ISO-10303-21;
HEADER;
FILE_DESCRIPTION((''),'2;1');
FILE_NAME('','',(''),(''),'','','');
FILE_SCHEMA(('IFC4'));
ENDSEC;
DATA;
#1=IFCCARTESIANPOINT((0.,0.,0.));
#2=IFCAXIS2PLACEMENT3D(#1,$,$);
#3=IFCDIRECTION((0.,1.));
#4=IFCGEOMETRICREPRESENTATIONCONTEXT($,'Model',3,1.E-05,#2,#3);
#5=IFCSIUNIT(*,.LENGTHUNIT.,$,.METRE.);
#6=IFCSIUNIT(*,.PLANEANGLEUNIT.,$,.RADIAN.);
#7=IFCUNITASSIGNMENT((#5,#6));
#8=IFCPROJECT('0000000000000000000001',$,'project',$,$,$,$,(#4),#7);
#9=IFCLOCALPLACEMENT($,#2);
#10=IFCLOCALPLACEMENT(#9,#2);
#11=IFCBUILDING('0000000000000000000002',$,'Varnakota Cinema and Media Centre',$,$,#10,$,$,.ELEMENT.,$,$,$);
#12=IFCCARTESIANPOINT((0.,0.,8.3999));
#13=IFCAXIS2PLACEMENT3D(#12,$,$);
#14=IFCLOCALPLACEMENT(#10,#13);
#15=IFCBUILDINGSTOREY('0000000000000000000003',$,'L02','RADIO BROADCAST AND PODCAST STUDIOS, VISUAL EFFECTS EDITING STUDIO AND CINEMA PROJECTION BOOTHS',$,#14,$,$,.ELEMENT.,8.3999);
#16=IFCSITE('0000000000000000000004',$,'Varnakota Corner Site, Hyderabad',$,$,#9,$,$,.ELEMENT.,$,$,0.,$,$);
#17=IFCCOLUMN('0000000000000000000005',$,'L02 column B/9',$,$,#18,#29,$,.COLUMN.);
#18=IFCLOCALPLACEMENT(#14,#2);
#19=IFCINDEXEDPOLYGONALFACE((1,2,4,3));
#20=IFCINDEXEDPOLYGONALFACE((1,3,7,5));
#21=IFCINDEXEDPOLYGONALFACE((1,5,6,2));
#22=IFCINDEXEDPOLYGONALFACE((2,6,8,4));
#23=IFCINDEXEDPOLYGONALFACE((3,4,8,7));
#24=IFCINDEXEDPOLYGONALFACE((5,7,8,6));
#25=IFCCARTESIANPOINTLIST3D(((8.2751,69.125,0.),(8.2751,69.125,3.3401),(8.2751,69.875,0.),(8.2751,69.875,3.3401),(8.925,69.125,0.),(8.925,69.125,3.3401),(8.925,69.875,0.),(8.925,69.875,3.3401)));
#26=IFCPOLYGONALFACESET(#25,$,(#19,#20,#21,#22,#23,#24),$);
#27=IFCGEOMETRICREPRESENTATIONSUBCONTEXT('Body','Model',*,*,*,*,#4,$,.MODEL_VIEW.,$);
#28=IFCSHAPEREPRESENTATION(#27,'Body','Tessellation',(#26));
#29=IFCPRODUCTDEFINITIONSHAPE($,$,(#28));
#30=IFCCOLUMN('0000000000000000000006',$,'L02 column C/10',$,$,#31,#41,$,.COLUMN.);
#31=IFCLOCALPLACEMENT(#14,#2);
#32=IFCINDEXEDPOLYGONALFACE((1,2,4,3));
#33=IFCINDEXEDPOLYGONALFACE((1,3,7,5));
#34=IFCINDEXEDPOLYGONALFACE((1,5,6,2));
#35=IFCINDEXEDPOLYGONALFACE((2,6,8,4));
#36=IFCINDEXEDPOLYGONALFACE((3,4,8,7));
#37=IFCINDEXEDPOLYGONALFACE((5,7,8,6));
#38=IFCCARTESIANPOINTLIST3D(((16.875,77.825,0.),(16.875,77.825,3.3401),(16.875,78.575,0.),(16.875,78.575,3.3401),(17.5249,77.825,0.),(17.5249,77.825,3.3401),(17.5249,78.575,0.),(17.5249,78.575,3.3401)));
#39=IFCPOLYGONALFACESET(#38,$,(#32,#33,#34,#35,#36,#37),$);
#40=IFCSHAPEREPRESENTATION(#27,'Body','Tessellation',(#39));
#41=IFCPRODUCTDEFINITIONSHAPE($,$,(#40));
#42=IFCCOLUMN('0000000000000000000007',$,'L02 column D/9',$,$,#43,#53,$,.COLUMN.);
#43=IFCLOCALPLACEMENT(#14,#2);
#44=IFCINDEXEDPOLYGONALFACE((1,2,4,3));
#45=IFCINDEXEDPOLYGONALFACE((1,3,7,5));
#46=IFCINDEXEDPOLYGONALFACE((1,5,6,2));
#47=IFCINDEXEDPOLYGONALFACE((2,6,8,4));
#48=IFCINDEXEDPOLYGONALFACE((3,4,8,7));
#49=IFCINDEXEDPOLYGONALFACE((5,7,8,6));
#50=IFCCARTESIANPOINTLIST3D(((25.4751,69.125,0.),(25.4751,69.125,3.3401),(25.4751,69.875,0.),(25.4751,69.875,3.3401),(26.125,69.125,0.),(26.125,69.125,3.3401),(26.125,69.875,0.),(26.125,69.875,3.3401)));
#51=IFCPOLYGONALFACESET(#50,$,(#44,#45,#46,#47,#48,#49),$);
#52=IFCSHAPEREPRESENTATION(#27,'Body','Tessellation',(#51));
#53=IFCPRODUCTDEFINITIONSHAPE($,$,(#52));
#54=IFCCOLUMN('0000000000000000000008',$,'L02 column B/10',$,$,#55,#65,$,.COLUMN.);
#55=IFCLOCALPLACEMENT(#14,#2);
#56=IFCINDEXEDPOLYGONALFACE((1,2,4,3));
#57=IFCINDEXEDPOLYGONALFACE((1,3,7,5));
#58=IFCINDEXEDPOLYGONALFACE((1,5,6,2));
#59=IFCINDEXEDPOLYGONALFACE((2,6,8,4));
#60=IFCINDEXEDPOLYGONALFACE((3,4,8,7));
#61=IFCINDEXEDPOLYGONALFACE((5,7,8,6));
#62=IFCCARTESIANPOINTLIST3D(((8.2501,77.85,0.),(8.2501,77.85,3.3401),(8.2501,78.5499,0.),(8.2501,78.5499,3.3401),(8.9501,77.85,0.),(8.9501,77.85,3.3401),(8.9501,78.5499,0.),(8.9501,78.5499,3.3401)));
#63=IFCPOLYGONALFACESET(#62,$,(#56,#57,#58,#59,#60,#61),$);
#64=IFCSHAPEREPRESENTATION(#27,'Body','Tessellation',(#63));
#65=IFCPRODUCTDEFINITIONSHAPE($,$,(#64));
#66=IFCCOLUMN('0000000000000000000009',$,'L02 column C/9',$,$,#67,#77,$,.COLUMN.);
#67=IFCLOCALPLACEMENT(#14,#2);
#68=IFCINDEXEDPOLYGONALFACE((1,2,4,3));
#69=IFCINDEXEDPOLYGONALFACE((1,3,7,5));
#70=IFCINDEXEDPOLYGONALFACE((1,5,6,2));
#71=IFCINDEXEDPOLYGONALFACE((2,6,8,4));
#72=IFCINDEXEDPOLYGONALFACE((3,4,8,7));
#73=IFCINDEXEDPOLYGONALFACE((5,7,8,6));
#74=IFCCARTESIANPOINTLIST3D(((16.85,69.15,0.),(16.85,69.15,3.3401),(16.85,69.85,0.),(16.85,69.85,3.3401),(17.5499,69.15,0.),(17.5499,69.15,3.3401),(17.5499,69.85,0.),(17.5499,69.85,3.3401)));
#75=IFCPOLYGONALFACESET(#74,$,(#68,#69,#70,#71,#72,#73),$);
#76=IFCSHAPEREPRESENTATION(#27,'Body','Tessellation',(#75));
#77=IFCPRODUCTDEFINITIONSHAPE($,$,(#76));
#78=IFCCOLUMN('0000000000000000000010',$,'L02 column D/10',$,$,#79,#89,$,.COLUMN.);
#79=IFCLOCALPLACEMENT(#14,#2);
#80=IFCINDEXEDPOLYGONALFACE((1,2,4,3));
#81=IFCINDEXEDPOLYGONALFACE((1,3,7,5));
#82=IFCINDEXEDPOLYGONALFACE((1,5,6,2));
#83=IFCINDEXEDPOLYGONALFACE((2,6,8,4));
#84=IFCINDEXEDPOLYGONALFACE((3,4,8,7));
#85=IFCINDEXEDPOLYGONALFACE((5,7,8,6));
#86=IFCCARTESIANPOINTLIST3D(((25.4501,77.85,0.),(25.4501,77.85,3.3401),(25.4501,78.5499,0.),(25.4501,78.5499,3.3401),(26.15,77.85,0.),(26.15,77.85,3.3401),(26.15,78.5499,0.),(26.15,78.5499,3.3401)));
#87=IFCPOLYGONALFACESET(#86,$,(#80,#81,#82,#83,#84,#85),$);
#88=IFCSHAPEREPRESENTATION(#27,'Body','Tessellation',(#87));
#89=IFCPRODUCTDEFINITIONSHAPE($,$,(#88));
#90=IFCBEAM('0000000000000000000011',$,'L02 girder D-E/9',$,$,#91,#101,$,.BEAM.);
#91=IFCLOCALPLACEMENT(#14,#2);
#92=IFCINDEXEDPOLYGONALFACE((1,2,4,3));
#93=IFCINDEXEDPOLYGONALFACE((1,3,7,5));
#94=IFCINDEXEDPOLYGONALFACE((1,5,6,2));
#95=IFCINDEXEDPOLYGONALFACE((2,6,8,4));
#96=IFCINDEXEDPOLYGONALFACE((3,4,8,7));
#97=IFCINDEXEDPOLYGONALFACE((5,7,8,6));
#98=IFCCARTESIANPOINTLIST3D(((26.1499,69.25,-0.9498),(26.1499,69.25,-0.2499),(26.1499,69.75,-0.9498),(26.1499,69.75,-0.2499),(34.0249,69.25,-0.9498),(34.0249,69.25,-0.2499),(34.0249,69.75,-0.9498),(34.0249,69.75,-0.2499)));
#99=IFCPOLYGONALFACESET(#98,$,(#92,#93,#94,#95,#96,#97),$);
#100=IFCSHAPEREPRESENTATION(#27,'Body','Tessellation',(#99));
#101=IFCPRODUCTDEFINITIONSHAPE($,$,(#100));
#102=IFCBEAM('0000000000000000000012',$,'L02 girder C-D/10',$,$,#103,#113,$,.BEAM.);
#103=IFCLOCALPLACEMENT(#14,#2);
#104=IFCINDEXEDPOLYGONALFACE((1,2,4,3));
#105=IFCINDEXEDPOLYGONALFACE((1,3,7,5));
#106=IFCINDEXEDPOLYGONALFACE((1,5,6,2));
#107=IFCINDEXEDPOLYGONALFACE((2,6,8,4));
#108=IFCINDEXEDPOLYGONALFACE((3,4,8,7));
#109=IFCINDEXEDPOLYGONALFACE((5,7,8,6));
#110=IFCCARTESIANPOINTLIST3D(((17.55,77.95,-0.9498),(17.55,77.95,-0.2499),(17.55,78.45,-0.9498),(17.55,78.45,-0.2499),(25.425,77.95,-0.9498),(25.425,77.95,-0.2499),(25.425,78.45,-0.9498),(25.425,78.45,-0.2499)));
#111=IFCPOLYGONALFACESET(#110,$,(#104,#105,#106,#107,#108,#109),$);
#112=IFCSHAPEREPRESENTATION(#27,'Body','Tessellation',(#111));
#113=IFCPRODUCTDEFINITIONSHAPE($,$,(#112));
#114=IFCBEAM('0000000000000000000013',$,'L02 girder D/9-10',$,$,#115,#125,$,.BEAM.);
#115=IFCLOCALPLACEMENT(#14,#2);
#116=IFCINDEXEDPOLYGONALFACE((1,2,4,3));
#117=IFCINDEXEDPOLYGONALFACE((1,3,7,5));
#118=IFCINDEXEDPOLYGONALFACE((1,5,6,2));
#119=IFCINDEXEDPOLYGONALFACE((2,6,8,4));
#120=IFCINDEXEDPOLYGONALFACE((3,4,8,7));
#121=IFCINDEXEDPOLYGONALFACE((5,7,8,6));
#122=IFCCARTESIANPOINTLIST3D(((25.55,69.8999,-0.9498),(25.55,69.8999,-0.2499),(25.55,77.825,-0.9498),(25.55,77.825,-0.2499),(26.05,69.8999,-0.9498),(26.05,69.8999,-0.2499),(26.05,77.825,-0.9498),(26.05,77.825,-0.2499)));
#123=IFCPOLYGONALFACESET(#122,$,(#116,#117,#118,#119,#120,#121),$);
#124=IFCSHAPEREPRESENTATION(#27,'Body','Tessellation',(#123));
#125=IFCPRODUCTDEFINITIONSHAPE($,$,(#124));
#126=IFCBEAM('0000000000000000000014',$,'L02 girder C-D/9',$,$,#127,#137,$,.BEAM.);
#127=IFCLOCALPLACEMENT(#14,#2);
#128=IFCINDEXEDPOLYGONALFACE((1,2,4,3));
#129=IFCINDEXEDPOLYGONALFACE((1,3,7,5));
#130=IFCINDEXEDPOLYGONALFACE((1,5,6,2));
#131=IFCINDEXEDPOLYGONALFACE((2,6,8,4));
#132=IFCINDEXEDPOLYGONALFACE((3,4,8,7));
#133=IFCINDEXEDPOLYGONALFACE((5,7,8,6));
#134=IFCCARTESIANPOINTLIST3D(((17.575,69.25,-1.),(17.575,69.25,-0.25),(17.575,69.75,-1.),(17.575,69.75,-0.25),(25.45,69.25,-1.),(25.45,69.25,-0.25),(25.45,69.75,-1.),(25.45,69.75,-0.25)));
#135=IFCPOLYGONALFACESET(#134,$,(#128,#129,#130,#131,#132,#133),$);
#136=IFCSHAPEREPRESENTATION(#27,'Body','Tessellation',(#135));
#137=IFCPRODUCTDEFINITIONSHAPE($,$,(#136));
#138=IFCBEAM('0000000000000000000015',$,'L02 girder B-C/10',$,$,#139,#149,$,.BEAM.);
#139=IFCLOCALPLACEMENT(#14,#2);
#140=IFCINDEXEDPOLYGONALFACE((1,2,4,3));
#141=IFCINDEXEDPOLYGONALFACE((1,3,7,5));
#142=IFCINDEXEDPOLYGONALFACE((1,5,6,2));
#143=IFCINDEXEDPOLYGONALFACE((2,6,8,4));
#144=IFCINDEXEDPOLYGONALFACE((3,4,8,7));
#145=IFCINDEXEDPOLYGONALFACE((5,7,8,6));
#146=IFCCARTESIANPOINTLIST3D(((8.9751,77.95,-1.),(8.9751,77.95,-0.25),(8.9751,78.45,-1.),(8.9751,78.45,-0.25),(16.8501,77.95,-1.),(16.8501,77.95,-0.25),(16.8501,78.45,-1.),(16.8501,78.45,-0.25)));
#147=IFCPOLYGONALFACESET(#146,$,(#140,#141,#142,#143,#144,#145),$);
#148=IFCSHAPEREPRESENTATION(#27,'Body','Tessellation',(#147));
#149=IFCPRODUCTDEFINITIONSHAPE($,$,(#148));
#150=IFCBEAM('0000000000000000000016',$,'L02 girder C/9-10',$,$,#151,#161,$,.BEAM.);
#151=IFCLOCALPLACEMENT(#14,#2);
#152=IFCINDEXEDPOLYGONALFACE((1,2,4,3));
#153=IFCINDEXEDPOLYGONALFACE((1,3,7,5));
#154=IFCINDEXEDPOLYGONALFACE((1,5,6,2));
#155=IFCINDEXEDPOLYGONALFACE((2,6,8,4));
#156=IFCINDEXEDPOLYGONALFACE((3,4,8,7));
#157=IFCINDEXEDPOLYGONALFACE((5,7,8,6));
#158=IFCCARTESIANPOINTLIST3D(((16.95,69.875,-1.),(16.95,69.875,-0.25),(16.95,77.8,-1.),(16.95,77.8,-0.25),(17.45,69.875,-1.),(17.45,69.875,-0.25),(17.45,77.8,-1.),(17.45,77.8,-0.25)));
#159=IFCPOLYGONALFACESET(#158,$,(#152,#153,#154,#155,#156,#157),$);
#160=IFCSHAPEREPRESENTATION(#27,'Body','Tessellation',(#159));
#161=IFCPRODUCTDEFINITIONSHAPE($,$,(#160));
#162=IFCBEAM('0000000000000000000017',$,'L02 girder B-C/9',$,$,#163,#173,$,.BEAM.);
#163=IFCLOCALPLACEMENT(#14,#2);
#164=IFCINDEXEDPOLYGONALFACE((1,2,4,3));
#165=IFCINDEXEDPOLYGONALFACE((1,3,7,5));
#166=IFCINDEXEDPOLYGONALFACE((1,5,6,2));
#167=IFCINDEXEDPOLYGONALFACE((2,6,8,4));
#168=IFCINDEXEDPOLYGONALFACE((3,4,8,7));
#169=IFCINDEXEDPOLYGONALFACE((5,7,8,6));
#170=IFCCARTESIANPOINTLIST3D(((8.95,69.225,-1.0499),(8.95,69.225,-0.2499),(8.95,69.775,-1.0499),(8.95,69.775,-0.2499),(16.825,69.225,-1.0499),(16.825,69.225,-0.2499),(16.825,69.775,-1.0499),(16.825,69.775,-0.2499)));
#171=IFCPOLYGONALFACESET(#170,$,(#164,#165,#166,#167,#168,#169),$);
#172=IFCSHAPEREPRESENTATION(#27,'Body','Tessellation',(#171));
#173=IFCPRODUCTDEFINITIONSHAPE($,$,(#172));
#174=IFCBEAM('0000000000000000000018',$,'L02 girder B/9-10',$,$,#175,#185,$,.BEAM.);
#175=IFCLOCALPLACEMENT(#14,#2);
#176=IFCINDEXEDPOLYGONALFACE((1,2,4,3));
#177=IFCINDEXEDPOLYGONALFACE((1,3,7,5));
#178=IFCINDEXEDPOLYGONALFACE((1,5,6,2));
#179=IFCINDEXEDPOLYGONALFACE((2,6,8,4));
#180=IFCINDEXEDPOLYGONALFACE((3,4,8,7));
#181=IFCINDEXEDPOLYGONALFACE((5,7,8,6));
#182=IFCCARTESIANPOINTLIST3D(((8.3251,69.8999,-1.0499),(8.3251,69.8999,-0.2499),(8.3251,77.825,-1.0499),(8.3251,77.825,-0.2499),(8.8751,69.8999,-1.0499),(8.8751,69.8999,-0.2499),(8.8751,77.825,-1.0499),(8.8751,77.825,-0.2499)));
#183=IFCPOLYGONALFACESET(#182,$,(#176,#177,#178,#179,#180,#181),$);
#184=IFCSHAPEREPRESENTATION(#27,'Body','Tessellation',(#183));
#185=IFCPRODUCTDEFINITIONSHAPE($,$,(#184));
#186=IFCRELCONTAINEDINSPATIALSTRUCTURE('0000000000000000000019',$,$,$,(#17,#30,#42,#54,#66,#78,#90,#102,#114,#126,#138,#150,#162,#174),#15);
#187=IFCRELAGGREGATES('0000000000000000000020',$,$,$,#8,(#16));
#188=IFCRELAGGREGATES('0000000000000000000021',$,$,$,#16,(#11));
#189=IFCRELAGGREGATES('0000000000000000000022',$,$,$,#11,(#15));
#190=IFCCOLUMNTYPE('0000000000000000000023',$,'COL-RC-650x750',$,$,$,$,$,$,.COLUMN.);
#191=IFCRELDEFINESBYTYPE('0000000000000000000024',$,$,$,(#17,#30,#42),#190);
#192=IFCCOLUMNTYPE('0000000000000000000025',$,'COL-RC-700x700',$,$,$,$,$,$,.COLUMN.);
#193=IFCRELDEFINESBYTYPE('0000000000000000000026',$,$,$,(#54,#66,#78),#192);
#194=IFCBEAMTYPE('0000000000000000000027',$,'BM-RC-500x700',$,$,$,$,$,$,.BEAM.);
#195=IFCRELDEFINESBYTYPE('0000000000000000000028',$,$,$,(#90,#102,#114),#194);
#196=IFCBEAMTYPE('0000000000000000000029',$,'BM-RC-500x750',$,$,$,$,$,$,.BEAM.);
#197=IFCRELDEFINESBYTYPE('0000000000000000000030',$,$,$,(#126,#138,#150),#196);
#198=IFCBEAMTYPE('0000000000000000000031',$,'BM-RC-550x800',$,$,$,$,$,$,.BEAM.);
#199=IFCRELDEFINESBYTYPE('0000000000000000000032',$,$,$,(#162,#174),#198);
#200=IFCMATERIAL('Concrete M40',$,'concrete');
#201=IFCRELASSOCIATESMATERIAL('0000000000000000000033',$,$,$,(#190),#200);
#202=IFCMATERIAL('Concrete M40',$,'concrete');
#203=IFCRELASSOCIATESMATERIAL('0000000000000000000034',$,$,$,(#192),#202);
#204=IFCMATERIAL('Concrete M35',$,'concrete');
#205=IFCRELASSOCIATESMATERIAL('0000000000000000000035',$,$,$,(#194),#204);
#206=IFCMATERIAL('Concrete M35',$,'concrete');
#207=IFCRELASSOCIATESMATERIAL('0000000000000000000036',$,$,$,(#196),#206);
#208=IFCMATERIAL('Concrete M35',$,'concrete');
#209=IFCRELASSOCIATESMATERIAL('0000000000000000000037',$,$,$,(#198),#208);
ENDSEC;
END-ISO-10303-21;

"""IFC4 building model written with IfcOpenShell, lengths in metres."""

from ifc_helpers import new_model, si_unit, direction, frame, origin, origin_2d, place, context, subcontext, project, spatial, rectangle, extrude, material, material_profile, profile_set, type_object, element, save


model = new_model("IFC4")

# Units and contexts
model_context = context("Model", 3, precision=1e-05, world=origin(), true_north=direction((0.0, 1.0)))
body_context = subcontext(model_context, "Body", "Model", "MODEL_VIEW")
ifc_project = project(units=[si_unit("LENGTHUNIT", "METRE"), si_unit("PLANEANGLEUNIT", "RADIAN")], contexts=[model_context])

# Site, building, storey
site_placement = place(None, origin())
site = spatial("IfcSite", under=ifc_project, at=site_placement, Name="Varnakota Corner Site, Hyderabad", CompositionType="ELEMENT", RefElevation=0.0)
building_placement = place(site_placement, origin())
building = spatial("IfcBuilding", under=site, at=building_placement, Name="Varnakota Cinema and Media Centre", CompositionType="ELEMENT")
storey_placement = place(building_placement, frame((0.0, 0.0, 8.3999)))
storey = spatial("IfcBuildingStorey", under=building, at=storey_placement, Name="L02", Description="RADIO BROADCAST AND PODCAST STUDIOS, VISUAL EFFECTS EDITING STUDIO AND CINEMA PROJECTION BOOTHS", CompositionType="ELEMENT", Elevation=8.3999)

# Columns
ifc_material_1 = material(Name="Concrete M40", Category="concrete")
ifc_material_profile_1 = material_profile(ifc_material_1, rectangle(XDim=0.6499, YDim=0.75, at=origin_2d()), Name="RC 650x750")
ifc_profile_set_1 = profile_set([ifc_material_profile_1], Name="Concrete M40")
column_type_1 = type_object("IfcColumnType", Name="COL-RC-650x750", PredefinedType="COLUMN", material=ifc_profile_set_1)
for number, where, z_axis, x_axis, name in (
    (1, (8.6001, 69.5, 0.0), (0.0, 0.0, 1.0), (1.0, 0.0, 0.0), "L02 column B/9"),
    (2, (17.2, 78.2, 0.0), (0.0, 0.0, 1.0), (1.0, 0.0, 0.0), "L02 column C/10"),
    (3, (25.8, 69.5, 0.0), (0.0, 0.0, 1.0), (1.0, 0.0, 0.0), "L02 column D/9"),
):
    element("IfcColumn", number, at=place(storey_placement, frame(where, z_axis=z_axis, x_axis=x_axis)), inside=storey, type_object=column_type_1, Name=name, PredefinedType="COLUMN", context=body_context, shape_type="SweptSolid", body=[
        extrude(rectangle(XDim=0.6499, YDim=0.75, at=origin_2d()), origin(), (0.0, 0.0, 1.0), 3.3401),
    ])
ifc_material_2 = material(Name="Concrete M40", Category="concrete")
ifc_material_profile_2 = material_profile(ifc_material_2, rectangle(XDim=0.7, YDim=0.7, at=origin_2d()), Name="RC 700x700")
ifc_profile_set_2 = profile_set([ifc_material_profile_2], Name="Concrete M40")
column_type_2 = type_object("IfcColumnType", Name="COL-RC-700x700", PredefinedType="COLUMN", material=ifc_profile_set_2)
for number, where, z_axis, x_axis, name in (
    (4, (8.6001, 78.2, 0.0), (0.0, 0.0, 1.0), (1.0, 0.0, 0.0), "L02 column B/10"),
    (5, (17.2, 69.5, 0.0), (0.0, 0.0, 1.0), (1.0, 0.0, 0.0), "L02 column C/9"),
    (6, (25.8, 78.2, 0.0), (0.0, 0.0, 1.0), (1.0, 0.0, 0.0), "L02 column D/10"),
):
    element("IfcColumn", number, at=place(storey_placement, frame(where, z_axis=z_axis, x_axis=x_axis)), inside=storey, type_object=column_type_2, Name=name, PredefinedType="COLUMN", context=body_context, shape_type="SweptSolid", body=[
        extrude(rectangle(XDim=0.7, YDim=0.7, at=origin_2d()), origin(), (0.0, 0.0, 1.0), 3.3401),
    ])

# Beams
ifc_material_3 = material(Name="Concrete M35", Category="concrete")
ifc_material_profile_3 = material_profile(ifc_material_3, rectangle(XDim=0.5, YDim=0.7, at=origin_2d()), Name="RCB 500x700")
ifc_profile_set_3 = profile_set([ifc_material_profile_3], Name="Concrete M35")
beam_type_1 = type_object("IfcBeamType", Name="BM-RC-500x700", PredefinedType="BEAM", material=ifc_profile_set_3)
for number, where, z_axis, x_axis, name in (
    (7, (26.1499, 69.5, -0.5999), (1.0, 0.0, 0.0), (0.0, 1.0, 0.0), "L02 girder D-E/9"),
    (8, (17.55, 78.2, -0.5999), (1.0, 0.0, 0.0), (0.0, 1.0, 0.0), "L02 girder C-D/10"),
):
    element("IfcBeam", number, at=place(storey_placement, frame(where, z_axis=z_axis, x_axis=x_axis)), inside=storey, type_object=beam_type_1, Name=name, PredefinedType="BEAM", context=body_context, shape_type="SweptSolid", body=[
        extrude(rectangle(XDim=0.5, YDim=0.7, at=origin_2d()), origin(), (0.0, 0.0, 1.0), 7.875),
    ])
beam_1_placement = place(storey_placement, frame((25.8, 69.8999, -0.5999), z_axis=(0.0, 1.0, 0.0), x_axis=(-1.0, 0.0, 0.0)))
element("IfcBeam", 9, at=beam_1_placement, inside=storey, type_object=beam_type_1, Name="L02 girder D/9-10", PredefinedType="BEAM", context=body_context, shape_type="SweptSolid", body=[
    extrude(rectangle(XDim=0.5, YDim=0.7, at=origin_2d()), origin(), (0.0, 0.0, 1.0), 7.925),
])
ifc_material_4 = material(Name="Concrete M35", Category="concrete")
ifc_material_profile_4 = material_profile(ifc_material_4, rectangle(XDim=0.5, YDim=0.75, at=origin_2d()), Name="RCB 500x750")
ifc_profile_set_4 = profile_set([ifc_material_profile_4], Name="Concrete M35")
beam_type_2 = type_object("IfcBeamType", Name="BM-RC-500x750", PredefinedType="BEAM", material=ifc_profile_set_4)
for number, where, z_axis, x_axis, name in (
    (10, (17.575, 69.5, -0.625), (1.0, 0.0, 0.0), (0.0, 1.0, 0.0), "L02 girder C-D/9"),
    (11, (8.9751, 78.2, -0.625), (1.0, 0.0, 0.0), (0.0, 1.0, 0.0), "L02 girder B-C/10"),
):
    element("IfcBeam", number, at=place(storey_placement, frame(where, z_axis=z_axis, x_axis=x_axis)), inside=storey, type_object=beam_type_2, Name=name, PredefinedType="BEAM", context=body_context, shape_type="SweptSolid", body=[
        extrude(rectangle(XDim=0.5, YDim=0.75, at=origin_2d()), origin(), (0.0, 0.0, 1.0), 7.875),
    ])
beam_2_placement = place(storey_placement, frame((17.2, 69.875, -0.625), z_axis=(0.0, 1.0, 0.0), x_axis=(-1.0, 0.0, 0.0)))
element("IfcBeam", 12, at=beam_2_placement, inside=storey, type_object=beam_type_2, Name="L02 girder C/9-10", PredefinedType="BEAM", context=body_context, shape_type="SweptSolid", body=[
    extrude(rectangle(XDim=0.5, YDim=0.75, at=origin_2d()), origin(), (0.0, 0.0, 1.0), 7.925),
])
ifc_material_5 = material(Name="Concrete M35", Category="concrete")
ifc_material_profile_5 = material_profile(ifc_material_5, rectangle(XDim=0.55, YDim=0.8, at=origin_2d()), Name="RCB 550x800")
ifc_profile_set_5 = profile_set([ifc_material_profile_5], Name="Concrete M35")
beam_type_3 = type_object("IfcBeamType", Name="BM-RC-550x800", PredefinedType="BEAM", material=ifc_profile_set_5)
beam_3_placement = place(storey_placement, frame((8.95, 69.5, -0.6499), z_axis=(1.0, 0.0, 0.0), x_axis=(0.0, 1.0, 0.0)))
element("IfcBeam", 13, at=beam_3_placement, inside=storey, type_object=beam_type_3, Name="L02 girder B-C/9", PredefinedType="BEAM", context=body_context, shape_type="SweptSolid", body=[
    extrude(rectangle(XDim=0.55, YDim=0.8, at=origin_2d()), origin(), (0.0, 0.0, 1.0), 7.875),
])
beam_4_placement = place(storey_placement, frame((8.6001, 69.8999, -0.6499), z_axis=(0.0, 1.0, 0.0), x_axis=(-1.0, 0.0, 0.0)))
element("IfcBeam", 14, at=beam_4_placement, inside=storey, type_object=beam_type_3, Name="L02 girder B/9-10", PredefinedType="BEAM", context=body_context, shape_type="SweptSolid", body=[
    extrude(rectangle(XDim=0.55, YDim=0.8, at=origin_2d()), origin(), (0.0, 0.0, 1.0), 7.925),
])

save(model, "model.ifc")
